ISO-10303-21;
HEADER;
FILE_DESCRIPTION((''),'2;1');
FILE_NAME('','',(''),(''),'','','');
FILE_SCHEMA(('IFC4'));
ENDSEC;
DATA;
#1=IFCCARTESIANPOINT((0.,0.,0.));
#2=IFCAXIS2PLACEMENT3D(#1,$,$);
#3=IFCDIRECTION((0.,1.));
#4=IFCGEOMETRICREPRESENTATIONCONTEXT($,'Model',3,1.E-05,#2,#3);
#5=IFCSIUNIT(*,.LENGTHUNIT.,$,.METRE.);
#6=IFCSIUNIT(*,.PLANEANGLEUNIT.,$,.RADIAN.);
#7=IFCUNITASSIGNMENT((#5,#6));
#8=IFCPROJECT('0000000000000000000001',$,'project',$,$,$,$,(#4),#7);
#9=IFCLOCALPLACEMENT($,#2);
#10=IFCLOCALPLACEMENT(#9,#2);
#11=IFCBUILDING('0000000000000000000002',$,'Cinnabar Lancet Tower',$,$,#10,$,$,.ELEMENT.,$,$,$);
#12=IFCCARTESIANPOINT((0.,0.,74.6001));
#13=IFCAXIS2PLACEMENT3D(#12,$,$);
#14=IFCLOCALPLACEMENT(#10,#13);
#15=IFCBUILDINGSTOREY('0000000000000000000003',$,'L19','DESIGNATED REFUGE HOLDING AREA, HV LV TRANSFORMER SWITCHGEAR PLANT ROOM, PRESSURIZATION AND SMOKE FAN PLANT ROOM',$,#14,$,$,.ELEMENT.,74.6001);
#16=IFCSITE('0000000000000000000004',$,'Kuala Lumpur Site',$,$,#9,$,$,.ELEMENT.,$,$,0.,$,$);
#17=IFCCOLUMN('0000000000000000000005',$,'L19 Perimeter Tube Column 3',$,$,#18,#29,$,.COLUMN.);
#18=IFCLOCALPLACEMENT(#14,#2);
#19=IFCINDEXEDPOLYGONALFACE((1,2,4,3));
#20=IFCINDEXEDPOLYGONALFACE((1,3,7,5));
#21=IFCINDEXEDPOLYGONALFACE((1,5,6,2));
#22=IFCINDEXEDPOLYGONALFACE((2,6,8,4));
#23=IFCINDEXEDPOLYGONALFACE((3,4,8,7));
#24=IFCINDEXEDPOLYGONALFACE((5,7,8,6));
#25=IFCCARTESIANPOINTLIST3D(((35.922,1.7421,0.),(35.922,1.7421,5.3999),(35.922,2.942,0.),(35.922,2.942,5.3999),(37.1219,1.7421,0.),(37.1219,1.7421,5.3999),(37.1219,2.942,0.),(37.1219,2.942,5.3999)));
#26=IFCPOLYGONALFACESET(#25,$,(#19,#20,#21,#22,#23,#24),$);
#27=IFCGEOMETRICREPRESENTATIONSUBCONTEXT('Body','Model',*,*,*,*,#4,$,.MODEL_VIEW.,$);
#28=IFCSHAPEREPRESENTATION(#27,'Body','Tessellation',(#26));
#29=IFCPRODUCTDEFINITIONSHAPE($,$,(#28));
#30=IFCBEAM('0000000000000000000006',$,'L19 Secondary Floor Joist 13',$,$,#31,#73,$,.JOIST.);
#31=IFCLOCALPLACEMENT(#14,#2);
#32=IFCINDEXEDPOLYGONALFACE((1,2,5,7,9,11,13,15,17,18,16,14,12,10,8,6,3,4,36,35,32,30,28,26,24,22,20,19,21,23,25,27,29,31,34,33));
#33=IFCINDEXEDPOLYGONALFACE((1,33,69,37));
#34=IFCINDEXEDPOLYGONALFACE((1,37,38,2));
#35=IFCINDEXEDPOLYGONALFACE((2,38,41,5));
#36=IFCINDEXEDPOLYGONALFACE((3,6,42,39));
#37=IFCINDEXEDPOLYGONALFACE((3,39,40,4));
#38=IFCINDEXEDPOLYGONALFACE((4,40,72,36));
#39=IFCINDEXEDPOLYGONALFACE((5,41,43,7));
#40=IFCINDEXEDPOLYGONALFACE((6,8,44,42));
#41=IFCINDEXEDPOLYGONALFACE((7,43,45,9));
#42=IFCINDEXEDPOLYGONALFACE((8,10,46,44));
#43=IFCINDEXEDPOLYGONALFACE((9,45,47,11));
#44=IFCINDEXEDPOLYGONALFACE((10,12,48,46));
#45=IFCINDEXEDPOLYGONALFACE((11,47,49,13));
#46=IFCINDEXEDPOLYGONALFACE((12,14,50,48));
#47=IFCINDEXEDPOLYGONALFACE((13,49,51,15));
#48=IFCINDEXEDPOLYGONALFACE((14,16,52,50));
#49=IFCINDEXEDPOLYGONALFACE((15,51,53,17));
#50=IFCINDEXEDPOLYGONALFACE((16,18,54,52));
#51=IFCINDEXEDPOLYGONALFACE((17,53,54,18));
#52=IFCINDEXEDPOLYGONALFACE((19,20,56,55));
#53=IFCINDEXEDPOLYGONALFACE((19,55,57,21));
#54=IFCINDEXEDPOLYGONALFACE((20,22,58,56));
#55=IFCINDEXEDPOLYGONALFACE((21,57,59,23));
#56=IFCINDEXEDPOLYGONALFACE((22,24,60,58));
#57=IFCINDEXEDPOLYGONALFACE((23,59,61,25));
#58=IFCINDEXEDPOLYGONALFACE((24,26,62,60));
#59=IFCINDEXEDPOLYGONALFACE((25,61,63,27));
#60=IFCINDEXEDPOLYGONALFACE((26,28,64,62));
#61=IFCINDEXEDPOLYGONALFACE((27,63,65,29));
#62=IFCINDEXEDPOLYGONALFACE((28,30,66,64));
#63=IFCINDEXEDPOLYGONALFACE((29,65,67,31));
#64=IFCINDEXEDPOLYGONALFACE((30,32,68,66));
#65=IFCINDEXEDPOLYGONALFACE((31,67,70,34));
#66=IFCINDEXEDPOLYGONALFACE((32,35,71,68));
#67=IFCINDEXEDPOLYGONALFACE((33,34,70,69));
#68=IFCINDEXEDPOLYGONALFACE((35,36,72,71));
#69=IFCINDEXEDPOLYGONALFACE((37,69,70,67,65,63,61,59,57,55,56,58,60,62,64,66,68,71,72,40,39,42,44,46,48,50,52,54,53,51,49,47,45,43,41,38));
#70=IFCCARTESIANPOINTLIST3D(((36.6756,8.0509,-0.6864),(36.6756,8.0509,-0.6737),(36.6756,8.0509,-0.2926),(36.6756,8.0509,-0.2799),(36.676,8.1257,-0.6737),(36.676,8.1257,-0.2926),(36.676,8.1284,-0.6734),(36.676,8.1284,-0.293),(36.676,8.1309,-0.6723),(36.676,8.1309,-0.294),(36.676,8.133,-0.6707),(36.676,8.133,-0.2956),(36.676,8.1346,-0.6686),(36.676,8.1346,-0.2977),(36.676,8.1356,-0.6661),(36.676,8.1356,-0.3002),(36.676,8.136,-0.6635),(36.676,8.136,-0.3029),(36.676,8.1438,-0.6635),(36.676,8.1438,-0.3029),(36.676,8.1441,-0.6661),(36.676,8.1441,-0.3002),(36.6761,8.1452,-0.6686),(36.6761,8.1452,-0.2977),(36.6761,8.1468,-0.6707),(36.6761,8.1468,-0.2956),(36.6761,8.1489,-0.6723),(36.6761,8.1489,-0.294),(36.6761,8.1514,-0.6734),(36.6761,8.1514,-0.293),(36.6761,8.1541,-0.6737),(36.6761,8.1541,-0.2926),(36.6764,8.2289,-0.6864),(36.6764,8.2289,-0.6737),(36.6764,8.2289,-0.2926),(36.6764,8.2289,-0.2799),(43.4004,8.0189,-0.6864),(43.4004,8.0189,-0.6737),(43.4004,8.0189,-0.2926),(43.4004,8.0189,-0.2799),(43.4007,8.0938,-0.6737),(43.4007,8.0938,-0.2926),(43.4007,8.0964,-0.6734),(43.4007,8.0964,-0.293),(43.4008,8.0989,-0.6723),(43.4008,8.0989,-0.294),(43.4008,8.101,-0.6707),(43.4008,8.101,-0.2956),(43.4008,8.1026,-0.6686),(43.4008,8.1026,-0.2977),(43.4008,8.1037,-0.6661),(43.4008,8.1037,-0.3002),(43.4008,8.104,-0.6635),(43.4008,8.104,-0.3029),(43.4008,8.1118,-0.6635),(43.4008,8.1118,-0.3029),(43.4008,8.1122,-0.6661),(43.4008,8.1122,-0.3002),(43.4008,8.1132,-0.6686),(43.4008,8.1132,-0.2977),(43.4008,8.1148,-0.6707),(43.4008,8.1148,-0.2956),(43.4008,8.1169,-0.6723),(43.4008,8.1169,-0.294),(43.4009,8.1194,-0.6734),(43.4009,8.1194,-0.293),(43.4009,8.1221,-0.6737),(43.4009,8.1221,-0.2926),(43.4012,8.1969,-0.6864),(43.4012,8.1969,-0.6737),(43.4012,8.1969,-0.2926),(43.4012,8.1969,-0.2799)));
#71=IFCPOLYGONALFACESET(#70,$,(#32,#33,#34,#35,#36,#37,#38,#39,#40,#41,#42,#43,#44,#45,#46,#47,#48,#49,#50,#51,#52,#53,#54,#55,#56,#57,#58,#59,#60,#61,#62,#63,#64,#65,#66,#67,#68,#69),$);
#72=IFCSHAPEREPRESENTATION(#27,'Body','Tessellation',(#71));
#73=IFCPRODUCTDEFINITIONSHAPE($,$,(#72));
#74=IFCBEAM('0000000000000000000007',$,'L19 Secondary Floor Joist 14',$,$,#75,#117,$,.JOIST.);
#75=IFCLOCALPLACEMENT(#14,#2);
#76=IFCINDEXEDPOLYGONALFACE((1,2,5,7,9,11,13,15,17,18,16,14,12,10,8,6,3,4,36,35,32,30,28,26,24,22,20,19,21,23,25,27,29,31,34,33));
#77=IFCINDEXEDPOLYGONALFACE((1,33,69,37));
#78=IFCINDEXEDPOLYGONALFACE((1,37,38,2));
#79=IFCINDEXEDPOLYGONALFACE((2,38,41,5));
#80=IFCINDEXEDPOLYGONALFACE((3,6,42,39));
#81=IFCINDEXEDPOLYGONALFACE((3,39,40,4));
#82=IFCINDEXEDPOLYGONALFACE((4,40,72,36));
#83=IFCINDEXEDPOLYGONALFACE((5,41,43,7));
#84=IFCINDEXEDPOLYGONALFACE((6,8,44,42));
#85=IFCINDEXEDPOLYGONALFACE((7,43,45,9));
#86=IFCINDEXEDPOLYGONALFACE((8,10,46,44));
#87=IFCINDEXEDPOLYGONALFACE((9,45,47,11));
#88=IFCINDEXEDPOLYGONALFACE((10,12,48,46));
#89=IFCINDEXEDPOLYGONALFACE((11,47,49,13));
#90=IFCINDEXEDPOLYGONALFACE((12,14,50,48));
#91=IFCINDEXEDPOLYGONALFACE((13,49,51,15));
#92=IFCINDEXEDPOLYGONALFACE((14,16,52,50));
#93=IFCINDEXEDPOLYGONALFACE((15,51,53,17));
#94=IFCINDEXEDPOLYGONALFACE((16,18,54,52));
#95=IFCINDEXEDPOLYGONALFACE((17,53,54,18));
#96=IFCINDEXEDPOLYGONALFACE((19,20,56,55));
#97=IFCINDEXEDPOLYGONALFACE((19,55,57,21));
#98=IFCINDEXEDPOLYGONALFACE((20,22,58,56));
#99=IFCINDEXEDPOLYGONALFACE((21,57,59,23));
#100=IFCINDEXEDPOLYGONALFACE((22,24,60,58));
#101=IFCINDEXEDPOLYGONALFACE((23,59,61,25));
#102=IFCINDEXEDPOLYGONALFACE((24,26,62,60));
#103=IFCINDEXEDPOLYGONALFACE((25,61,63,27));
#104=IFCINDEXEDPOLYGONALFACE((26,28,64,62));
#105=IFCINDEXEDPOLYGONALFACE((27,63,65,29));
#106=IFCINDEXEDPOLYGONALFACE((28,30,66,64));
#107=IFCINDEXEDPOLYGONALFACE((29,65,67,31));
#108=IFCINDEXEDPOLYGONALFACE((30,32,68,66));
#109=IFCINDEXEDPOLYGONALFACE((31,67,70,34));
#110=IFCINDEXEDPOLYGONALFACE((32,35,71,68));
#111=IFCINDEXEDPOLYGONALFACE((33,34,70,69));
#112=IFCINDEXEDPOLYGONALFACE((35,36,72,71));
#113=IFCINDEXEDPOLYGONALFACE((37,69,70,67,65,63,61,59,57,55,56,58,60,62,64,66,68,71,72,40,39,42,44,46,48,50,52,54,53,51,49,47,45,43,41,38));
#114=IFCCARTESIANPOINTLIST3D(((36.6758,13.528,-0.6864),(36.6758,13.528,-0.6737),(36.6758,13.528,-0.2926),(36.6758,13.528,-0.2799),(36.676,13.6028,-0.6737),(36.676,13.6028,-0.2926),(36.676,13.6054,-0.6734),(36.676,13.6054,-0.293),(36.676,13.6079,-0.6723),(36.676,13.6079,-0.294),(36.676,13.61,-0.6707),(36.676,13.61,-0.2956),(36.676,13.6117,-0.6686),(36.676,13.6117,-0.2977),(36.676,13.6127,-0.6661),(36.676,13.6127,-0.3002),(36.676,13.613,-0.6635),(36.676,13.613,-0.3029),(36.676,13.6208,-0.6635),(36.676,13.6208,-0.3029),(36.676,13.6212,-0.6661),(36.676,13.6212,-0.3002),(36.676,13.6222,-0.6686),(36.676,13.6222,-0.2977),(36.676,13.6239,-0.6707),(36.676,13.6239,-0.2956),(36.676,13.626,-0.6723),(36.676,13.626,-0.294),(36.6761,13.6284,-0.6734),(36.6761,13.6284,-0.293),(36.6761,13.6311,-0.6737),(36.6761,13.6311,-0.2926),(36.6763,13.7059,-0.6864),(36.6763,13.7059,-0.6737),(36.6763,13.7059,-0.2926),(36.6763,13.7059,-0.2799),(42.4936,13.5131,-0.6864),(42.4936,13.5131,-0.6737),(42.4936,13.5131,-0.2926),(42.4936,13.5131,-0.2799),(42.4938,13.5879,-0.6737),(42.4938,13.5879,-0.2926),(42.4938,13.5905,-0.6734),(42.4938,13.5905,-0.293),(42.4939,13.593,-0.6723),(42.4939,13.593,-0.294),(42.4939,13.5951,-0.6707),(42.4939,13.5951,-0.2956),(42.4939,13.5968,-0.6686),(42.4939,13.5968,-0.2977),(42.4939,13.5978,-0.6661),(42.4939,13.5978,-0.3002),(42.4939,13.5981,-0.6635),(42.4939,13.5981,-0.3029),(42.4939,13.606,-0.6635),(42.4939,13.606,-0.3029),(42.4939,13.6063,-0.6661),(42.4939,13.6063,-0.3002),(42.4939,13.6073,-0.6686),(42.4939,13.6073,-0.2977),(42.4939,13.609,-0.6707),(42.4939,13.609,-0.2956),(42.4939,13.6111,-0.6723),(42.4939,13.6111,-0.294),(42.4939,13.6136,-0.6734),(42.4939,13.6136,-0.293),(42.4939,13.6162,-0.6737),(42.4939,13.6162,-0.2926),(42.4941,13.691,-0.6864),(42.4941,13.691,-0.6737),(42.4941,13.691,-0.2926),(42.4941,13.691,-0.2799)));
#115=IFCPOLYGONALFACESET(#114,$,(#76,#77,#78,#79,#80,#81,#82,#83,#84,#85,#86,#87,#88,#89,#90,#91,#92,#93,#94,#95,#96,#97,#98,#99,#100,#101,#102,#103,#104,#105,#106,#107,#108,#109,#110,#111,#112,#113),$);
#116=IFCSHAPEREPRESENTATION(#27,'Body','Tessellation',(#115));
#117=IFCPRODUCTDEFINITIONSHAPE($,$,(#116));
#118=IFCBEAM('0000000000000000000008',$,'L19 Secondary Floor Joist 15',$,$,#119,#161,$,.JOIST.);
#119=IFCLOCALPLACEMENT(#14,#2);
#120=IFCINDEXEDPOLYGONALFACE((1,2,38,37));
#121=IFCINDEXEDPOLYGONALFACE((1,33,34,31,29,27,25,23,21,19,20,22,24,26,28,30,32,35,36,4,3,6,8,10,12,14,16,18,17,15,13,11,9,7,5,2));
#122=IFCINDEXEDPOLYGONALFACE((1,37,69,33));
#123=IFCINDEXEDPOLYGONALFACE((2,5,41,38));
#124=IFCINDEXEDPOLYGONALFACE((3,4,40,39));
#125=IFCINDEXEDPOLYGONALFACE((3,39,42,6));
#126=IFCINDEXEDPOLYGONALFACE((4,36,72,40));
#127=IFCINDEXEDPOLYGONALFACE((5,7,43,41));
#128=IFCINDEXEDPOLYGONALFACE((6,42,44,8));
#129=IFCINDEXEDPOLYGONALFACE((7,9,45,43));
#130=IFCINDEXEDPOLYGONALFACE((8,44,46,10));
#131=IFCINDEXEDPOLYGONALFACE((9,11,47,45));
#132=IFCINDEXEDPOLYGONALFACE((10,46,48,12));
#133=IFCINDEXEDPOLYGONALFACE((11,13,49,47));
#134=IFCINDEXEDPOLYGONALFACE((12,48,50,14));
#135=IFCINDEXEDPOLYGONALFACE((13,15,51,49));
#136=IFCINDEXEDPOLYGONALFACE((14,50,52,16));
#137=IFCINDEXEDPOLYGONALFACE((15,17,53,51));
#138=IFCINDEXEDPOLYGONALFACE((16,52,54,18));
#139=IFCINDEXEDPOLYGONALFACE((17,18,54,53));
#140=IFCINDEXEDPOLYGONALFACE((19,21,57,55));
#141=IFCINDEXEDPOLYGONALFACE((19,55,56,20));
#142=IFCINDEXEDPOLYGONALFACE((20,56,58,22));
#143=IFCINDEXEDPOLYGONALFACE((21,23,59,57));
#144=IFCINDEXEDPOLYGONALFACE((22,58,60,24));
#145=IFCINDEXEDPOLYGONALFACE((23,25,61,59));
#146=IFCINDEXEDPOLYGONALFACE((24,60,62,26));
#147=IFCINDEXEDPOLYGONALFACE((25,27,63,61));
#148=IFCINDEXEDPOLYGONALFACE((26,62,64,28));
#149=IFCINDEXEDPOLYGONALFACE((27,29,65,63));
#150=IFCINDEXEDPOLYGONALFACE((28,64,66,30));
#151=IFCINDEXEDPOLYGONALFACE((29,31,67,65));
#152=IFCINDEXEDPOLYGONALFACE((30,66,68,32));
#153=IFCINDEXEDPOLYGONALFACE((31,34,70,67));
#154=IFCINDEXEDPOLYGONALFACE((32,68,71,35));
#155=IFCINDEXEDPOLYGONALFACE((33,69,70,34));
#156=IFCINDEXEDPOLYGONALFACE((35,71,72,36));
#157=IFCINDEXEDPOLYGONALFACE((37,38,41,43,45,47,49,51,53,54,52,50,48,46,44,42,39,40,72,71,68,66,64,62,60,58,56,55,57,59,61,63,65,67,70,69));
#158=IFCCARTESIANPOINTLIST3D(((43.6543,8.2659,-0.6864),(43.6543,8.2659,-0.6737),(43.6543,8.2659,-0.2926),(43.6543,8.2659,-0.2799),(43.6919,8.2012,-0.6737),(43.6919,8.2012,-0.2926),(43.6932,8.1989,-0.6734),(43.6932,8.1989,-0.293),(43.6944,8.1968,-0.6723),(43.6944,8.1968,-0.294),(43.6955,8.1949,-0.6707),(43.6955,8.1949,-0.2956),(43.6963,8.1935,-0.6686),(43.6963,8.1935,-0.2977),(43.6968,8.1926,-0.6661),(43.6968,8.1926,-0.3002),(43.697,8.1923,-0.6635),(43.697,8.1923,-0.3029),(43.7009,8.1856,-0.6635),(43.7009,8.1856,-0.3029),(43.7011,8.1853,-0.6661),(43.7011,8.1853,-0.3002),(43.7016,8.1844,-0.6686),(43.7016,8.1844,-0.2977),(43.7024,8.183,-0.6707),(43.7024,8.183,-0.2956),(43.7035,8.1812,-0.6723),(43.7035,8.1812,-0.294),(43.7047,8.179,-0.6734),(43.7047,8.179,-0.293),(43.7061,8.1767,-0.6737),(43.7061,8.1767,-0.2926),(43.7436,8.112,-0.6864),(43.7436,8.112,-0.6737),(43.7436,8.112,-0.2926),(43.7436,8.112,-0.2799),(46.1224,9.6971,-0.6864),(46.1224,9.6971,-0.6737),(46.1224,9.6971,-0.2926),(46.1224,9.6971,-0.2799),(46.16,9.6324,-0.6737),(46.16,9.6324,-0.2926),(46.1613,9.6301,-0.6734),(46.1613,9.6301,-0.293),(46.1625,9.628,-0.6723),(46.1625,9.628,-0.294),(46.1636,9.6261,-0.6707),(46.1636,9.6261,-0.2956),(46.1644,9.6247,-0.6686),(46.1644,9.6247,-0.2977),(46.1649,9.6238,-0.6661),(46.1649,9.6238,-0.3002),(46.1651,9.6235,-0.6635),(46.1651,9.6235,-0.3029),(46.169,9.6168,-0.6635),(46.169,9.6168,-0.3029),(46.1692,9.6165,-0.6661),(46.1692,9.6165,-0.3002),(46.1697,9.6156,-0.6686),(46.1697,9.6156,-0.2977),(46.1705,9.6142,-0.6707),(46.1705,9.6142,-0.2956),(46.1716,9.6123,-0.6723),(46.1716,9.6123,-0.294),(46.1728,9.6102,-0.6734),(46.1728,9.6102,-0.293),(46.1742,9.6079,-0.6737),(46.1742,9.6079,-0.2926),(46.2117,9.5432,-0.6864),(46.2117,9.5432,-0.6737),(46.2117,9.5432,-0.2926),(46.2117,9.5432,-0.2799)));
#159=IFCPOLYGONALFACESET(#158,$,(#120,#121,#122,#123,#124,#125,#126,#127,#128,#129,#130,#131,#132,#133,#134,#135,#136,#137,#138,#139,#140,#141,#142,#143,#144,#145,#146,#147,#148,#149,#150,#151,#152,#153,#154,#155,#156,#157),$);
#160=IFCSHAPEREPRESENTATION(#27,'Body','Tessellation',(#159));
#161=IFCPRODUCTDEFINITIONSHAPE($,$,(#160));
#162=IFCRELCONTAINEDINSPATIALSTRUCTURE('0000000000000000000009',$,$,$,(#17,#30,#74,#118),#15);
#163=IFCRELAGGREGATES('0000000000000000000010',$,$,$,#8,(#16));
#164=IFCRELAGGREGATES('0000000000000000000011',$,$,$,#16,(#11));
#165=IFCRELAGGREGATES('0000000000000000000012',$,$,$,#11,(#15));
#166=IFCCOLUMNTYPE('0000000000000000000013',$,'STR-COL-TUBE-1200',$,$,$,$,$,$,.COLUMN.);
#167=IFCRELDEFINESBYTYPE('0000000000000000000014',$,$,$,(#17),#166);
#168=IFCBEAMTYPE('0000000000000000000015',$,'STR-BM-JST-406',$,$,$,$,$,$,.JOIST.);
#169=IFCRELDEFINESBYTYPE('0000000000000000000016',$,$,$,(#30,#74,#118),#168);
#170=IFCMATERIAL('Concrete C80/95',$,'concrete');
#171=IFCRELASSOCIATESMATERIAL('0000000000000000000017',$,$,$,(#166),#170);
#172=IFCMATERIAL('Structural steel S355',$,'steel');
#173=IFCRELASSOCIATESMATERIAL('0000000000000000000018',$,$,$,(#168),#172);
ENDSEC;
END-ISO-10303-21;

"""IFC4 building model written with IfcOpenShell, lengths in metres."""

from ifc_helpers import new_model, si_unit, direction, frame, origin, origin_2d, place, context, subcontext, project, spatial, rectangle, i_section, extrude, material, material_profile, profile_set, type_object, element, save


model = new_model("IFC4")

# Units and contexts
model_context = context("Model", 3, precision=1e-05, world=origin(), true_north=direction((0.0, 1.0)))
body_context = subcontext(model_context, "Body", "Model", "MODEL_VIEW")
ifc_project = project(units=[si_unit("LENGTHUNIT", "METRE"), si_unit("PLANEANGLEUNIT", "RADIAN")], contexts=[model_context])

# Site, building, storey
site_placement = place(None, origin())
site = spatial("IfcSite", under=ifc_project, at=site_placement, Name="Kuala Lumpur Site", CompositionType="ELEMENT", RefElevation=0.0)
building_placement = place(site_placement, origin())
building = spatial("IfcBuilding", under=site, at=building_placement, Name="Cinnabar Lancet Tower", CompositionType="ELEMENT")
storey_placement = place(building_placement, frame((0.0, 0.0, 74.6001)))
storey = spatial("IfcBuildingStorey", under=building, at=storey_placement, Name="L19", Description="DESIGNATED REFUGE HOLDING AREA, HV LV TRANSFORMER SWITCHGEAR PLANT ROOM, PRESSURIZATION AND SMOKE FAN PLANT ROOM", CompositionType="ELEMENT", Elevation=74.6001)

# Column
ifc_material_1 = material(Name="Concrete C80/95", Category="concrete")
ifc_material_profile_1 = material_profile(ifc_material_1, rectangle(XDim=1.2, YDim=1.2, at=origin_2d()), Name="RC-COL 1200x1200")
ifc_profile_set_1 = profile_set([ifc_material_profile_1], Name="Concrete C80/95")
column_type = type_object("IfcColumnType", Name="STR-COL-TUBE-1200", PredefinedType="COLUMN", material=ifc_profile_set_1)
column_placement = place(storey_placement, frame((36.522, 2.342, 0.0), z_axis=(0.0, 0.0, 1.0), x_axis=(1.0, 0.0, 0.0)))
element("IfcColumn", 1, at=column_placement, inside=storey, type_object=column_type, Name="L19 Perimeter Tube Column 3", PredefinedType="COLUMN", context=body_context, shape_type="SweptSolid", body=[
    extrude(rectangle(XDim=1.2, YDim=1.2, at=origin_2d()), origin(), (0.0, 0.0, 1.0), 5.3999),
])

# Beams
ifc_material_2 = material(Name="Structural steel S355", Category="steel")
ifc_material_profile_2 = material_profile(ifc_material_2, i_section(OverallWidth=0.178, OverallDepth=0.4065, WebThickness=0.0078, FlangeThickness=0.0127, FilletRadius=0.0103, at=origin_2d()), Name="UKB 406x178x60")
ifc_profile_set_2 = profile_set([ifc_material_profile_2], Name="Structural steel S355")
beam_type_1 = type_object("IfcBeamType", Name="STR-BM-JST-406", PredefinedType="JOIST", material=ifc_profile_set_2)
beam_1_placement = place(storey_placement, frame((36.676, 8.1399, -0.4832), z_axis=(0.999989, -0.004756, 0.0), x_axis=(0.004756, 0.999989, 0.0)))
element("IfcBeam", 2, at=beam_1_placement, inside=storey, type_object=beam_type_1, Name="L19 Secondary Floor Joist 13", PredefinedType="JOIST", context=body_context, shape_type="SweptSolid", body=[
    extrude(i_section(OverallWidth=0.178, OverallDepth=0.4065, WebThickness=0.0078, FlangeThickness=0.0127, FilletRadius=0.0103, at=origin_2d()), origin(), (0.0, 0.0, 1.0), 6.7249),
])
beam_2_placement = place(storey_placement, frame((36.676, 13.6169, -0.4832), z_axis=(0.999997, -0.00256, 0.0), x_axis=(0.00256, 0.999997, 0.0)))
element("IfcBeam", 3, at=beam_2_placement, inside=storey, type_object=beam_type_1, Name="L19 Secondary Floor Joist 14", PredefinedType="JOIST", context=body_context, shape_type="SweptSolid", body=[
    extrude(i_section(OverallWidth=0.178, OverallDepth=0.4065, WebThickness=0.0078, FlangeThickness=0.0127, FilletRadius=0.0103, at=origin_2d()), origin(), (0.0, 0.0, 1.0), 5.8179),
])
beam_3_placement = place(storey_placement, frame((43.699, 8.189, -0.4832), z_axis=(0.865076, 0.50164, 0.0), x_axis=(-0.50164, 0.865076, 0.0)))
element("IfcBeam", 4, at=beam_3_placement, inside=storey, type_object=beam_type_1, Name="L19 Secondary Floor Joist 15", PredefinedType="JOIST", context=body_context, shape_type="SweptSolid", body=[
    extrude(i_section(OverallWidth=0.178, OverallDepth=0.4065, WebThickness=0.0078, FlangeThickness=0.0127, FilletRadius=0.0103, at=origin_2d()), origin(), (0.0, 0.0, 1.0), 2.853),
])

save(model, "model.ifc")
